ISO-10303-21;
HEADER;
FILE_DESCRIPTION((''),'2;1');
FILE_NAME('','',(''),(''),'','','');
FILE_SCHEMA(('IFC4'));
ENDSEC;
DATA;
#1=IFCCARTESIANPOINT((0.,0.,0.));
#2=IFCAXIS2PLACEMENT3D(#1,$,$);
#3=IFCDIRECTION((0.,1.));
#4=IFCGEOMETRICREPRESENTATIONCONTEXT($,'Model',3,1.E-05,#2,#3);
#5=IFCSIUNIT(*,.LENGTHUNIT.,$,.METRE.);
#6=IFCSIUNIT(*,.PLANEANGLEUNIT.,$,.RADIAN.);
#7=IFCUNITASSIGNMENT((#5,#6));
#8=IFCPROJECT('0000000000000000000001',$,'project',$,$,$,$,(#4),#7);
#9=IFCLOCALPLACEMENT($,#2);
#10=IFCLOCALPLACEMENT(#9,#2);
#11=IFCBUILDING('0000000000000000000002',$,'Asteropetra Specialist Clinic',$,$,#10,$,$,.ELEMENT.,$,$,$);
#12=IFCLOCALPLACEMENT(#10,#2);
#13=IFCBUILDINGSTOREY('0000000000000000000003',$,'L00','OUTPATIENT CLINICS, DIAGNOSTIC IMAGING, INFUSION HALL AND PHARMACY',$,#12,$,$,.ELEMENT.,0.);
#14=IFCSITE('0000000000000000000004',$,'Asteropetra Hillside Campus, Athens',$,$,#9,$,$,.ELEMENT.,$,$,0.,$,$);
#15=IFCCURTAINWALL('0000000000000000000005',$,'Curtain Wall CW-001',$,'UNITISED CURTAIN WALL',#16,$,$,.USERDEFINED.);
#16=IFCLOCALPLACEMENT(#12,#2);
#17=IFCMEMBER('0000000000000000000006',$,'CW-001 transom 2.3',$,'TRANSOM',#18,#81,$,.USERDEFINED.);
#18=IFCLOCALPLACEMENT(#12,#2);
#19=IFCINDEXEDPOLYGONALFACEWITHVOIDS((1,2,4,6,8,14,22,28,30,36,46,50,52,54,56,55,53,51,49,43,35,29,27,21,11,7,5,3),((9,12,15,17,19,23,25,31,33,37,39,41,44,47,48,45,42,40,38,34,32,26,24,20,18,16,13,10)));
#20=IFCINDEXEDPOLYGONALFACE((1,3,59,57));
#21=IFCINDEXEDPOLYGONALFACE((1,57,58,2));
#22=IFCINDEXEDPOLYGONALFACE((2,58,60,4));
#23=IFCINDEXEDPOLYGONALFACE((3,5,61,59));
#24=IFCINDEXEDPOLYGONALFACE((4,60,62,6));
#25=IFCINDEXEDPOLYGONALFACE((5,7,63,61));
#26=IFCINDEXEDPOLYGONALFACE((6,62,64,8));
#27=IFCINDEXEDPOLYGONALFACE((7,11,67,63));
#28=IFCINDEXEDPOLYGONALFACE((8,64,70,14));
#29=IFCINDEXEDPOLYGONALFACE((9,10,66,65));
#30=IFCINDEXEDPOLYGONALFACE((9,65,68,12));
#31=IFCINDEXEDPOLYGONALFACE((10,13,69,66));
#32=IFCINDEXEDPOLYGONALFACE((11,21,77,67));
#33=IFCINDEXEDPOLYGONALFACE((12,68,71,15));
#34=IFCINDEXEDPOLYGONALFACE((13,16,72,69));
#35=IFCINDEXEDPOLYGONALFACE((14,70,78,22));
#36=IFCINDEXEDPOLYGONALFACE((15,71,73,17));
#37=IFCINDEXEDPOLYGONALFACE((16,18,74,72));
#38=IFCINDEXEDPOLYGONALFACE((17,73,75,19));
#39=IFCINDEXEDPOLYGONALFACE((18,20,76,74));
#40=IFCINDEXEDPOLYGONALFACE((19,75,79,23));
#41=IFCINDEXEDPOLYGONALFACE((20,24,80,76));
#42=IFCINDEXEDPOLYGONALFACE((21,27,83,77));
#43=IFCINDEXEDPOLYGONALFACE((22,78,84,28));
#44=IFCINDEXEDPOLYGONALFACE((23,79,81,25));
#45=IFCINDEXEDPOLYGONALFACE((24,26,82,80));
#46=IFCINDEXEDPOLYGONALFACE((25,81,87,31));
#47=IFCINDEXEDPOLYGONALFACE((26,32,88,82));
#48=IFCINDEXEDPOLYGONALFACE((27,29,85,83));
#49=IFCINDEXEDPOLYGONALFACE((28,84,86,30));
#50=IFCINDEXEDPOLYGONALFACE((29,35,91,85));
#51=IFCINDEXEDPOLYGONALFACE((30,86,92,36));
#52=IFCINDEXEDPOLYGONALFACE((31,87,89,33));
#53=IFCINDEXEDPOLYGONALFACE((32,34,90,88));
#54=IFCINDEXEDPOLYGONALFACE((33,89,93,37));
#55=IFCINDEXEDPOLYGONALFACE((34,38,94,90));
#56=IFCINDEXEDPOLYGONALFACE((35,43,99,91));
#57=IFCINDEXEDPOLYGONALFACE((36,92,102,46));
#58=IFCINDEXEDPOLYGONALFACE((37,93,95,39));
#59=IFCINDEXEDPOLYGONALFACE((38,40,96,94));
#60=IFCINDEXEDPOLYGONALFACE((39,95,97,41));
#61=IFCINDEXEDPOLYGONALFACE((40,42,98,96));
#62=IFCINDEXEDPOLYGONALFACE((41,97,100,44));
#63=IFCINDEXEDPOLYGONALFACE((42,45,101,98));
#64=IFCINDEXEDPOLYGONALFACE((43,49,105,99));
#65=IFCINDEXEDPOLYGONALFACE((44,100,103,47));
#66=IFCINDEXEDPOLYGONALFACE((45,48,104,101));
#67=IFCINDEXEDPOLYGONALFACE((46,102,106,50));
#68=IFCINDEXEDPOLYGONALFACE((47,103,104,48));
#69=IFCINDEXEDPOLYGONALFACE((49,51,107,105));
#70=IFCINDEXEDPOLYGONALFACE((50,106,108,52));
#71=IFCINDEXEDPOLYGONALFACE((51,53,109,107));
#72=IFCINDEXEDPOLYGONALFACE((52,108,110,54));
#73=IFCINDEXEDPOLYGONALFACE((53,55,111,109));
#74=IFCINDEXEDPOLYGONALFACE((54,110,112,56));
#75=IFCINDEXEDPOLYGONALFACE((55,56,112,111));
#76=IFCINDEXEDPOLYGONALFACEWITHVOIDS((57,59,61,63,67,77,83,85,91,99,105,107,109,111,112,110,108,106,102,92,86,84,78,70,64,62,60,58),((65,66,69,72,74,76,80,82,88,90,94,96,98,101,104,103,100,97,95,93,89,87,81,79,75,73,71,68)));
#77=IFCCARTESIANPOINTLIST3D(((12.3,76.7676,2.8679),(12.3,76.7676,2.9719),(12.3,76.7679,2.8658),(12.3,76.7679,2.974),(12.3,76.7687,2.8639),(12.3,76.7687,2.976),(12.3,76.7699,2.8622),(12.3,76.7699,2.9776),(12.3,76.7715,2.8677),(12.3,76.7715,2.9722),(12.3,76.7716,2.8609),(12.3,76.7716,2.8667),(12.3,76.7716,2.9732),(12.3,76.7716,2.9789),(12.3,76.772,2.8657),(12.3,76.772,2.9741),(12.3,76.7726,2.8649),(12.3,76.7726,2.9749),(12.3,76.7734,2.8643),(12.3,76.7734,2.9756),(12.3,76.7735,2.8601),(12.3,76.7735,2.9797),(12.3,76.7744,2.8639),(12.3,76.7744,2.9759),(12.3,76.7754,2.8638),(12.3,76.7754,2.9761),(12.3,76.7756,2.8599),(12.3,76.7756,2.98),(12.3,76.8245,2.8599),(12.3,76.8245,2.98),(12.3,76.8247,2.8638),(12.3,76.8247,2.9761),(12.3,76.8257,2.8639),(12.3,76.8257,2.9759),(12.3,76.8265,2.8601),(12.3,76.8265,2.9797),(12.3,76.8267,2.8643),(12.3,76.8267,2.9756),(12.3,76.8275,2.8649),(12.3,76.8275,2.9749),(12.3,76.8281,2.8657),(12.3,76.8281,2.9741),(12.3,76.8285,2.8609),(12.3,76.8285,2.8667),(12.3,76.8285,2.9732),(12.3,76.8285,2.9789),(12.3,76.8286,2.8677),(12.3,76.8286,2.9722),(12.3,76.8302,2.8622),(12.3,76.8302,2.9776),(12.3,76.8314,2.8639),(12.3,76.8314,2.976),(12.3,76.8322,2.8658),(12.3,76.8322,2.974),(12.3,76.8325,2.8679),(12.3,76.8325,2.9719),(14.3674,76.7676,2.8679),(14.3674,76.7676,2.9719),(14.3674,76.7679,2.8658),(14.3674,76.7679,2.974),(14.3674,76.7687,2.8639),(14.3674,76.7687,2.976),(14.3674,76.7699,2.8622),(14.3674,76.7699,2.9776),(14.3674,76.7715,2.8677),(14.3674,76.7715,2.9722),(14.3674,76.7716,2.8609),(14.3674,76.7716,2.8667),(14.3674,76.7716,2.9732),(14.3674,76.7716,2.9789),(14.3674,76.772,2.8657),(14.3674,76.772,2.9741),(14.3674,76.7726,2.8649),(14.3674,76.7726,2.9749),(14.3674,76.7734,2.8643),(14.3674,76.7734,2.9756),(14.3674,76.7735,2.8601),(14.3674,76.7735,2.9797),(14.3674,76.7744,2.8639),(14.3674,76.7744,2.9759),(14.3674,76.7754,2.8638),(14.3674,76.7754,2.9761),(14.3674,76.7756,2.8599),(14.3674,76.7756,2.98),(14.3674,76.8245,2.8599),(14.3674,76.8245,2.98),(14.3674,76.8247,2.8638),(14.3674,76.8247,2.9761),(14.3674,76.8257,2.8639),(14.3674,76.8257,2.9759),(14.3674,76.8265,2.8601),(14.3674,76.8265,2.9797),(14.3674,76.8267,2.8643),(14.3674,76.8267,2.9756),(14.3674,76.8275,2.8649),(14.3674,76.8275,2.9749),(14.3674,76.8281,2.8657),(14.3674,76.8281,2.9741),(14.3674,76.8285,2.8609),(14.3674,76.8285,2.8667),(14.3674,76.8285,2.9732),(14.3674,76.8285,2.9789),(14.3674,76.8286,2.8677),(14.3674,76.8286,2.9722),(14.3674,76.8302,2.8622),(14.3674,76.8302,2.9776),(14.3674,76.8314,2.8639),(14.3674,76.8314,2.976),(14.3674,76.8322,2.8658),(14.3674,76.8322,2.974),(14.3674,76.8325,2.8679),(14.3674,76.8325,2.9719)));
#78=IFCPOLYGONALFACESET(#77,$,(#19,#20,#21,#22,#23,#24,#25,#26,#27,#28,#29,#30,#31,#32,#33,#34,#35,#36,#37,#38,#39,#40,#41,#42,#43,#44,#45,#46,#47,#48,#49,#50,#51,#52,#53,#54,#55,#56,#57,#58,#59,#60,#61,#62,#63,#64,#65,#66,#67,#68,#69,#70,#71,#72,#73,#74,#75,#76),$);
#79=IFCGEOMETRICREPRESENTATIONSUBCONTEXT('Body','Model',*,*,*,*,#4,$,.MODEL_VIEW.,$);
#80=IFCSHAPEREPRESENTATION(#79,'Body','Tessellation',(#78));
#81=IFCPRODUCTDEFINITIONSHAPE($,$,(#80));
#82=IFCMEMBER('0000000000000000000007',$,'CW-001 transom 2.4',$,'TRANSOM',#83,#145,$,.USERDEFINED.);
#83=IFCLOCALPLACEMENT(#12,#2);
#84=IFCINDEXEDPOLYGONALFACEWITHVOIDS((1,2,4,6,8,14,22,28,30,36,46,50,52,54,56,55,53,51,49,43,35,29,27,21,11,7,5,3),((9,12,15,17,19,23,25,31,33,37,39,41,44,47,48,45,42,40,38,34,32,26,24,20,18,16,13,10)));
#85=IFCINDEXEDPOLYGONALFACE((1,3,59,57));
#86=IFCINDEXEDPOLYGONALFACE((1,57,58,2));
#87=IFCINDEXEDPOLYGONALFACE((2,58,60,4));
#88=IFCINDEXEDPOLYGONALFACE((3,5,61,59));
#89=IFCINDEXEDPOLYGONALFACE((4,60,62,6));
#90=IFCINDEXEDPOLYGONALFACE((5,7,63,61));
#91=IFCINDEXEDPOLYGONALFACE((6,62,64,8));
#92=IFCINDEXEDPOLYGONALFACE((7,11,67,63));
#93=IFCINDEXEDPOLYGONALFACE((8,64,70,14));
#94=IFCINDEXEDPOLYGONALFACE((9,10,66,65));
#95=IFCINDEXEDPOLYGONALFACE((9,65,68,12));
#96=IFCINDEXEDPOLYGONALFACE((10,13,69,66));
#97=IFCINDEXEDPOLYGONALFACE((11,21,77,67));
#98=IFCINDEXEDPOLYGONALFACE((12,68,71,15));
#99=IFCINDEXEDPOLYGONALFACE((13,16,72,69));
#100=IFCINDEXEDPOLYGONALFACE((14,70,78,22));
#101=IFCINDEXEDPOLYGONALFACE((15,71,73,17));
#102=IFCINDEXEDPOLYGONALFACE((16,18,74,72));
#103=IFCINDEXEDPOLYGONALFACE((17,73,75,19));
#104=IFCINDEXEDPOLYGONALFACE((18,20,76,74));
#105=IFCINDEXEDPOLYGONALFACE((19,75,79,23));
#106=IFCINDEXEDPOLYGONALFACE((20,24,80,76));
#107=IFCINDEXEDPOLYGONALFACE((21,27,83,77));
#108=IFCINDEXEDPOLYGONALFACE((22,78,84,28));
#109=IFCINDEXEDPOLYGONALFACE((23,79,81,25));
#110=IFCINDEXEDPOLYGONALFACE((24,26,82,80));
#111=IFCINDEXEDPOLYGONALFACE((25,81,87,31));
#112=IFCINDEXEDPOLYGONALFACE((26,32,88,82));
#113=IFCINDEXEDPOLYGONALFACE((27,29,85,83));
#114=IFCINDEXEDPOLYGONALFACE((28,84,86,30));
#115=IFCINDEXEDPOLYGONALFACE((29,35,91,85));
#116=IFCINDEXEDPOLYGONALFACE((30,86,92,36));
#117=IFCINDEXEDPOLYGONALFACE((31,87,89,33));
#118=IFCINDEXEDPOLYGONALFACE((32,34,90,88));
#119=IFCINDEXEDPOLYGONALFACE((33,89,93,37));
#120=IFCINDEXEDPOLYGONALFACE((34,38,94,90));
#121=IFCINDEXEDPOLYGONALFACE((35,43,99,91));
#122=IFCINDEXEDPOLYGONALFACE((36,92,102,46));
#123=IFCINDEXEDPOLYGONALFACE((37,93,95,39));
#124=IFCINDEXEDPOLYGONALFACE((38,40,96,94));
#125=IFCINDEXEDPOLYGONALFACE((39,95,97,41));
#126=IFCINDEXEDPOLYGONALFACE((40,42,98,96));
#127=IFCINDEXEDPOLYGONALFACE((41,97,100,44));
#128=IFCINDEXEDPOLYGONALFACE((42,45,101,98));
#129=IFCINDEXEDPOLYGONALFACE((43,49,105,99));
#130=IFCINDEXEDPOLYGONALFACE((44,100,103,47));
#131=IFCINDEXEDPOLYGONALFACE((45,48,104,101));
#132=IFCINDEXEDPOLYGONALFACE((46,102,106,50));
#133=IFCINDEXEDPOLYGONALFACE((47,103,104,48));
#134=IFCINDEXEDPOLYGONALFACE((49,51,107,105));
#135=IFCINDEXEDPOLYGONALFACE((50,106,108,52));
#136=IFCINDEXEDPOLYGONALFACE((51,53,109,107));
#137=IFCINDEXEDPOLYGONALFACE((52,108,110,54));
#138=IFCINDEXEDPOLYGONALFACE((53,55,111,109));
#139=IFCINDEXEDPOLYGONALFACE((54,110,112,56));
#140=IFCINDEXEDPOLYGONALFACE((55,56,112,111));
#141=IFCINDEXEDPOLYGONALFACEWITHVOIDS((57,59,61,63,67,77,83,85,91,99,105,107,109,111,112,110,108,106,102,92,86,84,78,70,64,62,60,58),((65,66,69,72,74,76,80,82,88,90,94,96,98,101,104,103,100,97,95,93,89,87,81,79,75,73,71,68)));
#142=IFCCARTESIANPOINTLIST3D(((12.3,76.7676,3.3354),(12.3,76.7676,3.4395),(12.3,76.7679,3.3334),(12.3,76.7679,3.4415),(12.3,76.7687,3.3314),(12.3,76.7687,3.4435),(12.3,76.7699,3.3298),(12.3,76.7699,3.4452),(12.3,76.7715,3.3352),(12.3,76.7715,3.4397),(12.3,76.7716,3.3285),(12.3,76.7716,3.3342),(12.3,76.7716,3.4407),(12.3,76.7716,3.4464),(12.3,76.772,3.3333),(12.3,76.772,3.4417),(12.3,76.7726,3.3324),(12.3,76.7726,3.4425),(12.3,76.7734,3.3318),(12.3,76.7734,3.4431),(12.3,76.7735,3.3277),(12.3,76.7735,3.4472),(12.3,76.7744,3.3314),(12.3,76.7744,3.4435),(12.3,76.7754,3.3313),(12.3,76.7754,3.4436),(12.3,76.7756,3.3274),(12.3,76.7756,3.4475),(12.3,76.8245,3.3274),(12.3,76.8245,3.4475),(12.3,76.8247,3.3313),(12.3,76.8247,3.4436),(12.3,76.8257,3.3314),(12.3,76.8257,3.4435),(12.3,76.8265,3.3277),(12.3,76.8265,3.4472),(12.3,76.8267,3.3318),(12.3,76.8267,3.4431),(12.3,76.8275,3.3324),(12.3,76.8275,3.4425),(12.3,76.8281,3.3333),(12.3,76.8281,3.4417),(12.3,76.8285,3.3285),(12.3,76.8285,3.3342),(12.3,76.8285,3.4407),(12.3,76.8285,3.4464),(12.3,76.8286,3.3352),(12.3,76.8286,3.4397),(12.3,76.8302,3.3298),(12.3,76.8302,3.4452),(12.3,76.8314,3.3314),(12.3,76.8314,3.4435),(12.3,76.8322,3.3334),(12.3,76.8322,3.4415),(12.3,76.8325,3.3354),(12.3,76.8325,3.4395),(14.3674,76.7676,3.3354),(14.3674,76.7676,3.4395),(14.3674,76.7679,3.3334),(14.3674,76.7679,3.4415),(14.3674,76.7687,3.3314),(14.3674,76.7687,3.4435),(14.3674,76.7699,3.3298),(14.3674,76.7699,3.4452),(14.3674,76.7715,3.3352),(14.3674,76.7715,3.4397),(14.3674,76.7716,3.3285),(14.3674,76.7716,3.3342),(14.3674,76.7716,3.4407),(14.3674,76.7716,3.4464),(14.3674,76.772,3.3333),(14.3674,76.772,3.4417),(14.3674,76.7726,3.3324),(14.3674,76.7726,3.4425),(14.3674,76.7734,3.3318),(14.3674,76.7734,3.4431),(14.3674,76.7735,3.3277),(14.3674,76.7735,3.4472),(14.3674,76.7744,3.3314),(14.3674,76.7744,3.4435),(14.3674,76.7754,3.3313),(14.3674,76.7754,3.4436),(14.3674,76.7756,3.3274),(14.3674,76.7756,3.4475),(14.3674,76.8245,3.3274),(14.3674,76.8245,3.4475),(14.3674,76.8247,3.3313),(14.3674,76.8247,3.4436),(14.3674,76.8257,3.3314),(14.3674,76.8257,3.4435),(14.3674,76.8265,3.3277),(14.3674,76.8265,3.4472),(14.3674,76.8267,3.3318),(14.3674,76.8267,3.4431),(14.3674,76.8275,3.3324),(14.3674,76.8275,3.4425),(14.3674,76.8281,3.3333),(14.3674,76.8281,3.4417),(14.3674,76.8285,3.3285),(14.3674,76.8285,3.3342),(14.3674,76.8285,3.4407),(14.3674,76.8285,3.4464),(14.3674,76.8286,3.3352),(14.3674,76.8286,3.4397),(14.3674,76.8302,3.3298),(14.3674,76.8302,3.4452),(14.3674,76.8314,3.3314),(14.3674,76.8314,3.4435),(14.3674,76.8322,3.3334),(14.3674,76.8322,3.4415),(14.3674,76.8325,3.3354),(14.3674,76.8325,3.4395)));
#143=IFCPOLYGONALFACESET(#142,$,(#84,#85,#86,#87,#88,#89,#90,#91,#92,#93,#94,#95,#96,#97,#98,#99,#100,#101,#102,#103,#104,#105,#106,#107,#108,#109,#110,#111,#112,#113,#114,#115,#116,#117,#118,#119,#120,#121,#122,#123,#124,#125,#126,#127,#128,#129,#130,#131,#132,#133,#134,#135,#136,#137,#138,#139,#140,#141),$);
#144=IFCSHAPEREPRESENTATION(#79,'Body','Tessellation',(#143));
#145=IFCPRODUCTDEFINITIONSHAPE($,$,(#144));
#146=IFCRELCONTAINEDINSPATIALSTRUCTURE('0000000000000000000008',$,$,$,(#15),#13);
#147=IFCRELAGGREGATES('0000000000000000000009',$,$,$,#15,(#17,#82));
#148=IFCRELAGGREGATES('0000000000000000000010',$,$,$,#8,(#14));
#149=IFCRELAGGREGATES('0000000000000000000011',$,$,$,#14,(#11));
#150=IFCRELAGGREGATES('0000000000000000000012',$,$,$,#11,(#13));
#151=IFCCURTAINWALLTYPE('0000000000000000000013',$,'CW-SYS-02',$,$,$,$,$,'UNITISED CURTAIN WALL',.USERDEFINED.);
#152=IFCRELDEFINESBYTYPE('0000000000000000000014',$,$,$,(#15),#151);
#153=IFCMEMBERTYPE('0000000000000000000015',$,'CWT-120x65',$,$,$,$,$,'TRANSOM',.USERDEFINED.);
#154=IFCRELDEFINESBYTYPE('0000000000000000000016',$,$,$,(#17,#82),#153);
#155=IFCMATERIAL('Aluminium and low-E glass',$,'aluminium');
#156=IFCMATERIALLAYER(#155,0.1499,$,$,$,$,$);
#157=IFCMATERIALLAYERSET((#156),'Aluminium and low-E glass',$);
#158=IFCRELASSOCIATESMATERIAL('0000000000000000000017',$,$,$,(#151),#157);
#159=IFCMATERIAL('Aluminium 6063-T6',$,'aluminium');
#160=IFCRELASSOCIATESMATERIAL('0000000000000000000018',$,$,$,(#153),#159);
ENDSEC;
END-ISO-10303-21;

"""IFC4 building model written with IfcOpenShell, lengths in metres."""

from ifc_helpers import new_model, si_unit, direction, frame, origin, origin_2d, place, context, subcontext, project, spatial, hollow_rectangle, extrude, material, layer, layer_set, material_profile, profile_set, type_object, element, aggregate, save


model = new_model("IFC4")

# Units and contexts
model_context = context("Model", 3, precision=1e-05, world=origin(), true_north=direction((0.0, 1.0)))
body_context = subcontext(model_context, "Body", "Model", "MODEL_VIEW")
ifc_project = project(units=[si_unit("LENGTHUNIT", "METRE"), si_unit("PLANEANGLEUNIT", "RADIAN")], contexts=[model_context])

# Site, building, storey
site_placement = place(None, origin())
site = spatial("IfcSite", under=ifc_project, at=site_placement, Name="Asteropetra Hillside Campus, Athens", CompositionType="ELEMENT", RefElevation=0.0)
building_placement = place(site_placement, origin())
building = spatial("IfcBuilding", under=site, at=building_placement, Name="Asteropetra Specialist Clinic", CompositionType="ELEMENT")
storey_placement = place(building_placement, origin())
storey = spatial("IfcBuildingStorey", under=building, at=storey_placement, Name="L00", Description="OUTPATIENT CLINICS, DIAGNOSTIC IMAGING, INFUSION HALL AND PHARMACY", CompositionType="ELEMENT", Elevation=0.0)

# Curtain wall, members
ifc_material_1 = material(Name="Aluminium and low-E glass", Category="aluminium")
ifc_layer_1 = layer(ifc_material_1, 0.1499)
ifc_layer_set_1 = layer_set([ifc_layer_1], Name="Aluminium and low-E glass")
curtain_wall_type = type_object("IfcCurtainWallType", Name="CW-SYS-02", ElementType="UNITISED CURTAIN WALL", PredefinedType="USERDEFINED", material=ifc_layer_set_1)
curtain_wall_placement = place(storey_placement, origin())
curtain_wall = element("IfcCurtainWall", 1, at=curtain_wall_placement, inside=storey, type_object=curtain_wall_type, Name="Curtain Wall CW-001", ObjectType="UNITISED CURTAIN WALL", PredefinedType="USERDEFINED")
ifc_material_2 = material(Name="Aluminium 6063-T6", Category="aluminium")
ifc_material_profile_1 = material_profile(ifc_material_2, hollow_rectangle(XDim=0.0649, YDim=0.1201, WallThickness=0.0039, InnerFilletRadius=0.0039, OuterFilletRadius=0.0081, at=origin_2d()), Name="TRN 120x65x4.0")
ifc_profile_set_1 = profile_set([ifc_material_profile_1], Name="Aluminium 6063-T6")
member_type_1 = type_object("IfcMemberType", Name="CWT-120x65", ElementType="TRANSOM", PredefinedType="USERDEFINED", material=ifc_profile_set_1)
member_1_placement = place(storey_placement, frame((12.3, 76.8, 2.9199), z_axis=(1.0, 0.0, 0.0), x_axis=(0.0, 1.0, 0.0)))
member_1 = element("IfcMember", 2, at=member_1_placement, type_object=member_type_1, Name="CW-001 transom 2.3", ObjectType="TRANSOM", PredefinedType="USERDEFINED", context=body_context, shape_type="SweptSolid", body=[
    extrude(hollow_rectangle(XDim=0.0649, YDim=0.1201, WallThickness=0.0039, InnerFilletRadius=0.0039, OuterFilletRadius=0.0081, at=origin_2d()), origin(), (0.0, 0.0, 1.0), 2.0674),
])
member_2_placement = place(storey_placement, frame((12.3, 76.8, 3.3875), z_axis=(1.0, 0.0, 0.0), x_axis=(0.0, 1.0, 0.0)))
member_2 = element("IfcMember", 3, at=member_2_placement, type_object=member_type_1, Name="CW-001 transom 2.4", ObjectType="TRANSOM", PredefinedType="USERDEFINED", context=body_context, shape_type="SweptSolid", body=[
    extrude(hollow_rectangle(XDim=0.0649, YDim=0.1201, WallThickness=0.0039, InnerFilletRadius=0.0039, OuterFilletRadius=0.0081, at=origin_2d()), origin(), (0.0, 0.0, 1.0), 2.0674),
])
aggregate(curtain_wall, [member_1, member_2])

save(model, "model.ifc")
